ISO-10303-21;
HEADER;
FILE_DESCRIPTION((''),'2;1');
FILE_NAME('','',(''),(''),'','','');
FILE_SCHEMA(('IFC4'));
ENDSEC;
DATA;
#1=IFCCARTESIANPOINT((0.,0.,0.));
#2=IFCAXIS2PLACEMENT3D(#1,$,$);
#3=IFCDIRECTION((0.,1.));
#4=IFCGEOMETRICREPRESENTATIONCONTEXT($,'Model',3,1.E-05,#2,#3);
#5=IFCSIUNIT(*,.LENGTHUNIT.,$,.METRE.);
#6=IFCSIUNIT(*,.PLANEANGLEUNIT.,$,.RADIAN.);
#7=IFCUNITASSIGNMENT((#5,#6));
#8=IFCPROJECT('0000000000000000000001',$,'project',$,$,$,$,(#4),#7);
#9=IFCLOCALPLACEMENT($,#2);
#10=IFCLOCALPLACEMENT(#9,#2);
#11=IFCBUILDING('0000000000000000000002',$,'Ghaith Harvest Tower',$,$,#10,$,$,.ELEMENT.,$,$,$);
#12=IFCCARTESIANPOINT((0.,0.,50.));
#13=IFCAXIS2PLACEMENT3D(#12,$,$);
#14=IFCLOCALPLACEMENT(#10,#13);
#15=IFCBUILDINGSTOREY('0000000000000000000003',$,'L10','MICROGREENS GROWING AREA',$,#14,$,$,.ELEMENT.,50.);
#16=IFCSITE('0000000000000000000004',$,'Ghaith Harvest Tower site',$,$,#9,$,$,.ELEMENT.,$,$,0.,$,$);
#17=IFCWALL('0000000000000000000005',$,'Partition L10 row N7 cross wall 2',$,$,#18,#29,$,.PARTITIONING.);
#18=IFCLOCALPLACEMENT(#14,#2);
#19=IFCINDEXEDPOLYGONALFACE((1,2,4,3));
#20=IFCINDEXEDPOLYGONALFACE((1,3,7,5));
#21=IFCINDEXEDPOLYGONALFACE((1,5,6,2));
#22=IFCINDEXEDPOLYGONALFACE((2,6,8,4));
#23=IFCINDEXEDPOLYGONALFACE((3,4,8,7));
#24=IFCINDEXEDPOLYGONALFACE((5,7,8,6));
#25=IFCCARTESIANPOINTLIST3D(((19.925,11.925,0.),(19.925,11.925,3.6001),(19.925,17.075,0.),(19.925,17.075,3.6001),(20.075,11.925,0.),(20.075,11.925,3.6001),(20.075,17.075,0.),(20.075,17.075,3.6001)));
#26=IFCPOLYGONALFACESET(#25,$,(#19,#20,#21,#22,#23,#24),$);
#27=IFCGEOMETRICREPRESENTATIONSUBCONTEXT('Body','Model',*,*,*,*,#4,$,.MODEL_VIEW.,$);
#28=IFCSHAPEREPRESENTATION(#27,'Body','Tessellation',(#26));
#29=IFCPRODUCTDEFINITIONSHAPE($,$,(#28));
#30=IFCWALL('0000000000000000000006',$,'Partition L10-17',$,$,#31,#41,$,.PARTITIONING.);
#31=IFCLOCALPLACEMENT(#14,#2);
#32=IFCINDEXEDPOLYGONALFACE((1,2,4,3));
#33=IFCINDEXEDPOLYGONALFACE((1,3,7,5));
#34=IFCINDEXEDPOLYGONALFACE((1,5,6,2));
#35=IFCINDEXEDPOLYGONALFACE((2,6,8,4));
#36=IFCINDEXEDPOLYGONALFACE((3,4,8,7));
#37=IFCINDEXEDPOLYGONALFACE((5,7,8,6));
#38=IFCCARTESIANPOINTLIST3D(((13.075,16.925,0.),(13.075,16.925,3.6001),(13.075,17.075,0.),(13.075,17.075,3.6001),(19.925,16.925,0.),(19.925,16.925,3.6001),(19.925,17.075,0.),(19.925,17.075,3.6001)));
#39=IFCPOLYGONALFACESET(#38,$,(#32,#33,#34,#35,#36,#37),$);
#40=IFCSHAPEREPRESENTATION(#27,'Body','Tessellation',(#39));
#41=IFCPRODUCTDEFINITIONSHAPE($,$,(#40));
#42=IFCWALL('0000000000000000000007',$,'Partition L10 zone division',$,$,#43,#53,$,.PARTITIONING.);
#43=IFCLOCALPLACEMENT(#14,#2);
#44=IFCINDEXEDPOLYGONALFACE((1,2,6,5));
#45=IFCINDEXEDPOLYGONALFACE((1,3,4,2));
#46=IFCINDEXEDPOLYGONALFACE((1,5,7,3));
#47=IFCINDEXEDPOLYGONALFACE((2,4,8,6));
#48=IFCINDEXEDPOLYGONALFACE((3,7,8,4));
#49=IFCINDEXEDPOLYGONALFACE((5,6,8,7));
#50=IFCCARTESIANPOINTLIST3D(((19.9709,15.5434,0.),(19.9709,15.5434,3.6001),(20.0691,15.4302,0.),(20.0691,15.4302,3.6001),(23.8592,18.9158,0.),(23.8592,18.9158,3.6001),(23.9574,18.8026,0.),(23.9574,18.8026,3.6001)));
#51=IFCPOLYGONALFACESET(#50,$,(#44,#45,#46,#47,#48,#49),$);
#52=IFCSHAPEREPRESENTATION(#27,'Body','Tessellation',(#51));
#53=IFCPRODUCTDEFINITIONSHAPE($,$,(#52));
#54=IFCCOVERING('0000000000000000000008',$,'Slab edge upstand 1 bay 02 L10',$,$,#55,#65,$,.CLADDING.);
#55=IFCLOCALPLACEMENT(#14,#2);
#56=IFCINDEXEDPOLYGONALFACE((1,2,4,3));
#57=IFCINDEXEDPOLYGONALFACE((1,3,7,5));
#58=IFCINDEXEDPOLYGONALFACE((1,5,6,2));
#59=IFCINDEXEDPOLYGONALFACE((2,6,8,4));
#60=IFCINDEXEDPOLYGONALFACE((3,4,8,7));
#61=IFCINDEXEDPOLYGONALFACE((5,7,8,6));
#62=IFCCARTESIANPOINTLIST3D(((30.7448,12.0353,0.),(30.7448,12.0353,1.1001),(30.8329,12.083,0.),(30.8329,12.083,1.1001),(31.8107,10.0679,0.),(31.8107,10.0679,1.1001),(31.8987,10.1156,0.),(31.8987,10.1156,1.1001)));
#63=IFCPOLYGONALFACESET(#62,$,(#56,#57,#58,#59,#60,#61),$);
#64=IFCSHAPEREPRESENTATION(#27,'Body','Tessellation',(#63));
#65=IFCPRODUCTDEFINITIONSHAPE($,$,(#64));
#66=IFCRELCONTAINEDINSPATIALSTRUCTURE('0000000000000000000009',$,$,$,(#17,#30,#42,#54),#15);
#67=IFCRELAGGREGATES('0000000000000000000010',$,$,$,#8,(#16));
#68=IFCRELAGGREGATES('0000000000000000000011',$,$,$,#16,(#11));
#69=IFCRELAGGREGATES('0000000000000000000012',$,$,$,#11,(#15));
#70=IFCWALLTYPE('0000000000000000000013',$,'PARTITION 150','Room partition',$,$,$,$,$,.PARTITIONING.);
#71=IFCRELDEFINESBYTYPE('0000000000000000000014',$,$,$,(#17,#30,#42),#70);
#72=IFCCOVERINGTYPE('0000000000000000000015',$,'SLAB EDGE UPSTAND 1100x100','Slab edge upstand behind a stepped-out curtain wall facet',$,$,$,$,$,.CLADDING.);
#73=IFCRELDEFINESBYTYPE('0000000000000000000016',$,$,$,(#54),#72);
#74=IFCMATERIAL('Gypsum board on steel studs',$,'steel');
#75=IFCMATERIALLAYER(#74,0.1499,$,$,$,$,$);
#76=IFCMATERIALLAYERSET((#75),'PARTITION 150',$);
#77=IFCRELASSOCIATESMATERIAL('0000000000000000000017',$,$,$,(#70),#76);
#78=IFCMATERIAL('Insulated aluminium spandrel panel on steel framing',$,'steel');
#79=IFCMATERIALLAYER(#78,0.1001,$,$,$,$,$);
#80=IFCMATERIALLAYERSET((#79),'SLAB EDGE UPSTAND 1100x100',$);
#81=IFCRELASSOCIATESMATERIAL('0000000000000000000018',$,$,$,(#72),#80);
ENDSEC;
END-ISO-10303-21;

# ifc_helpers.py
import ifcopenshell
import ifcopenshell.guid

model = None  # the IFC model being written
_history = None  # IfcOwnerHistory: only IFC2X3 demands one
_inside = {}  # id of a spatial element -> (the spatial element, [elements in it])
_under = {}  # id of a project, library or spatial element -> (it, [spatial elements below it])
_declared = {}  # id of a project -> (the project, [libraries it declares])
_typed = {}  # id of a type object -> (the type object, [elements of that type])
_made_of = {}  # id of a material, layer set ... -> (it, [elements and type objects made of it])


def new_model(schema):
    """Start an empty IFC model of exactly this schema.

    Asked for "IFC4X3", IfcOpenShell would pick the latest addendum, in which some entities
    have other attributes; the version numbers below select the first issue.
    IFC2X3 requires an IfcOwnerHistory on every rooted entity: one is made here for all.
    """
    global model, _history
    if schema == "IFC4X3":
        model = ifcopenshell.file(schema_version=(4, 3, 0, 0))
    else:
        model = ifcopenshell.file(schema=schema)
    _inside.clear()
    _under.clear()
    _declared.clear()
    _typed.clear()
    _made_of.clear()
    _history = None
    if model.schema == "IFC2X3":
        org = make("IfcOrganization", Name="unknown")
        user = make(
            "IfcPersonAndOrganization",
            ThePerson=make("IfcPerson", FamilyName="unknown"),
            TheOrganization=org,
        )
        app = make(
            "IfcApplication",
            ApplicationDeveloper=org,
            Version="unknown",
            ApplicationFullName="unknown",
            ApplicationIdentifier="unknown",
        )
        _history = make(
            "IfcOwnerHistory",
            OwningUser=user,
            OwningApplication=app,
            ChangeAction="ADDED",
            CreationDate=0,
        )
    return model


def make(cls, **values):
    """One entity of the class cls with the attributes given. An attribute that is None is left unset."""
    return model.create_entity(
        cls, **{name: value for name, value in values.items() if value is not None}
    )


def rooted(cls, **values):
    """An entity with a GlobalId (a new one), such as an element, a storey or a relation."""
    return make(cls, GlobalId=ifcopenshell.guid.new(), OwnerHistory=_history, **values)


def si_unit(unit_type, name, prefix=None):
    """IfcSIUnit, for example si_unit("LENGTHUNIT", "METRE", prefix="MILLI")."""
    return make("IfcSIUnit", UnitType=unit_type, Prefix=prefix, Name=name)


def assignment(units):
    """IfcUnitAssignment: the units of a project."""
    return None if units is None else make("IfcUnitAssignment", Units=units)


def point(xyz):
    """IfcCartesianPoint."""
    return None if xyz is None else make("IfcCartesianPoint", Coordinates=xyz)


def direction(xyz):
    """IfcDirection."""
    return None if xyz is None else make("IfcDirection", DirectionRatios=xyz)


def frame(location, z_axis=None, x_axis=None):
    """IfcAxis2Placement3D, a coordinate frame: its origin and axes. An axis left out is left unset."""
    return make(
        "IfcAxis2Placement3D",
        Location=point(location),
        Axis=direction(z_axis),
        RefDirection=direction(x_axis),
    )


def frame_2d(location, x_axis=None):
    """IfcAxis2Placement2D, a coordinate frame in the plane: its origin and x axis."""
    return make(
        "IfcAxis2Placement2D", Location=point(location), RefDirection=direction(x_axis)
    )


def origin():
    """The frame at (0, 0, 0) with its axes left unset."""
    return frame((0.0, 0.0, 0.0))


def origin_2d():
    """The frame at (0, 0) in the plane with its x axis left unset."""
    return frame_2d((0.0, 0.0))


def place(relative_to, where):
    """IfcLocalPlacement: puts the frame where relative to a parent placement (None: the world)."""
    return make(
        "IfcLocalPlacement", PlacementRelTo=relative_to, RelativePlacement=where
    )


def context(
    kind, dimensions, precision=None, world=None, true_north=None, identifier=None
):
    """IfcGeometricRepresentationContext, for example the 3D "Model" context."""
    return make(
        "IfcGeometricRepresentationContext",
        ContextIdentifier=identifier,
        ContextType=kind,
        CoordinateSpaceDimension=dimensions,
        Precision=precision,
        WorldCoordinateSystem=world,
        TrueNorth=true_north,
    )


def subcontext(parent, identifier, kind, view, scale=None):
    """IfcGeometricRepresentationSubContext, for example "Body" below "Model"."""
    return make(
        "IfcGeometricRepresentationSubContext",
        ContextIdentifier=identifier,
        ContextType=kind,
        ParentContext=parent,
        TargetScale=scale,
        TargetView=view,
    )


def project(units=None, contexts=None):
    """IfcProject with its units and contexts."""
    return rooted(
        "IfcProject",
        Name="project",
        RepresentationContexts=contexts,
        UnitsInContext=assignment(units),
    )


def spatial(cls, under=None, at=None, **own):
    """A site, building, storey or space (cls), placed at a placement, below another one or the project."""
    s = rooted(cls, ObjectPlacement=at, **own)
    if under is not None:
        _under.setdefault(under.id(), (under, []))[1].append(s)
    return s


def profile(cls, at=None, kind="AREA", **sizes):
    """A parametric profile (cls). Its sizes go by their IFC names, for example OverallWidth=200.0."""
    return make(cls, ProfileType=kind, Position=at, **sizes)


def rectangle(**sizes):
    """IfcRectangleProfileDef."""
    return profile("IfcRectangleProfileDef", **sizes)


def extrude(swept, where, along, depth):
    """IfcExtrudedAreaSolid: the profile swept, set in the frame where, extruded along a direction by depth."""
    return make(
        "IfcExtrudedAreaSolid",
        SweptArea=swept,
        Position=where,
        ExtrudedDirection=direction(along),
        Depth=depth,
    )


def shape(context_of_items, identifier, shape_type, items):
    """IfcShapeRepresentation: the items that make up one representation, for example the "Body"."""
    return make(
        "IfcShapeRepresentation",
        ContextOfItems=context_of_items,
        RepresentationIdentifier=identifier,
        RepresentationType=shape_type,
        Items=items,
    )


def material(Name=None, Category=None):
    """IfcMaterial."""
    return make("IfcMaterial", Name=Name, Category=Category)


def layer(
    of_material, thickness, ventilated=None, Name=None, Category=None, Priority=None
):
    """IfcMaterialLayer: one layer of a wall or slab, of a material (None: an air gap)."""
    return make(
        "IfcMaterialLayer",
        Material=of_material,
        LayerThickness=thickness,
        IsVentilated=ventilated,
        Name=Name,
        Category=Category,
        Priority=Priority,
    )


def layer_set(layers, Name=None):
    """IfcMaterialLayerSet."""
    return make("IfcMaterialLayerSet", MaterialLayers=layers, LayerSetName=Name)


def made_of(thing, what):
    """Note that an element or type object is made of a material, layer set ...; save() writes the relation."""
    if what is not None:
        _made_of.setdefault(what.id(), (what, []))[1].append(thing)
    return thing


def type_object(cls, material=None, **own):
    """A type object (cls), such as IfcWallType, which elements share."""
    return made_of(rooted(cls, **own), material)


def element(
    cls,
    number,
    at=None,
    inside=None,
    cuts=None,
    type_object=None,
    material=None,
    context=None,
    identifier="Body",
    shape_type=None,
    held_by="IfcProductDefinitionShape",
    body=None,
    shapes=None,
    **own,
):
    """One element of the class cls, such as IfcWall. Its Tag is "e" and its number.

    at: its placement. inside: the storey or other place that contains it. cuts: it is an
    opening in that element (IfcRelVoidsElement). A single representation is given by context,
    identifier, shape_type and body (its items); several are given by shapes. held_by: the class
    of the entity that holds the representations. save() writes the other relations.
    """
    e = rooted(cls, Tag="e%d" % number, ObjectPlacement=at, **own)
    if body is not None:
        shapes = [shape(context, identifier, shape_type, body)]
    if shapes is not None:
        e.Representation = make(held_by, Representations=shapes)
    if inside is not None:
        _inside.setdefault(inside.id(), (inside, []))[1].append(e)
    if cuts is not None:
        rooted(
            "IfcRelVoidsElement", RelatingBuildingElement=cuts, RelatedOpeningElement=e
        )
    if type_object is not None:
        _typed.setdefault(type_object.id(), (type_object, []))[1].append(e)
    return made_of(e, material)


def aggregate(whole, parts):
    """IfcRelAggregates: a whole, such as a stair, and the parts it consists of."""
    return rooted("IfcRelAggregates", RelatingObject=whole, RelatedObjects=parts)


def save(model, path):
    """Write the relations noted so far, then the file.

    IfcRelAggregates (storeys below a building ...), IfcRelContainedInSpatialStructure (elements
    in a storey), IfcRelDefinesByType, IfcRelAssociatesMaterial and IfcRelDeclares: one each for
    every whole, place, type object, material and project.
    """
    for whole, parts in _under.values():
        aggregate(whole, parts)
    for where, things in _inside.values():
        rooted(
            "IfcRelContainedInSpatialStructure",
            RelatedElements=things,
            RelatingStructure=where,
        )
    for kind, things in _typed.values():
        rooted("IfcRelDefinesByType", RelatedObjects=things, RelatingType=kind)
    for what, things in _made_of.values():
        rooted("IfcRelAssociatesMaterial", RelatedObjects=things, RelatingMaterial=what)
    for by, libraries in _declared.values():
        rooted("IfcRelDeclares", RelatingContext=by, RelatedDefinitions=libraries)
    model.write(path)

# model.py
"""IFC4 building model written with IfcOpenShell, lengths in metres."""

from ifc_helpers import new_model, si_unit, direction, frame, frame_2d, origin, origin_2d, place, context, subcontext, project, spatial, rectangle, extrude, material, layer, layer_set, type_object, element, save


model = new_model("IFC4")

# Units and contexts
model_context = context("Model", 3, precision=1e-05, world=origin(), true_north=direction((0.0, 1.0)))
body_context = subcontext(model_context, "Body", "Model", "MODEL_VIEW")
ifc_project = project(units=[si_unit("LENGTHUNIT", "METRE"), si_unit("PLANEANGLEUNIT", "RADIAN")], contexts=[model_context])

# Site, building, storey
site_placement = place(None, origin())
site = spatial("IfcSite", under=ifc_project, at=site_placement, Name="Ghaith Harvest Tower site", CompositionType="ELEMENT", RefElevation=0.0)
building_placement = place(site_placement, origin())
building = spatial("IfcBuilding", under=site, at=building_placement, Name="Ghaith Harvest Tower", CompositionType="ELEMENT")
storey_placement = place(building_placement, frame((0.0, 0.0, 50.0)))
storey = spatial("IfcBuildingStorey", under=building, at=storey_placement, Name="L10", Description="MICROGREENS GROWING AREA", CompositionType="ELEMENT", Elevation=50.0)

# Walls
ifc_material_1 = material(Name="Gypsum board on steel studs", Category="steel")
ifc_layer_1 = layer(ifc_material_1, 0.1499)
ifc_layer_set_1 = layer_set([ifc_layer_1], Name="PARTITION 150")
wall_type = type_object("IfcWallType", Name="PARTITION 150", Description="Room partition", PredefinedType="PARTITIONING", material=ifc_layer_set_1)
wall_1_placement = place(storey_placement, frame((20.0, 11.925, 0.0), z_axis=(0.0, 0.0, 1.0), x_axis=(0.0, 1.0, 0.0)))
element("IfcWall", 1, at=wall_1_placement, inside=storey, type_object=wall_type, Name="Partition L10 row N7 cross wall 2", PredefinedType="PARTITIONING", context=body_context, shape_type="SweptSolid", body=[
    extrude(rectangle(XDim=5.1499, YDim=0.1499, at=frame_2d((2.575, 0.0))), origin(), (0.0, 0.0, 1.0), 3.6001),
])
wall_2_placement = place(storey_placement, frame((13.075, 17.0, 0.0), z_axis=(0.0, 0.0, 1.0), x_axis=(1.0, 0.0, 0.0)))
element("IfcWall", 2, at=wall_2_placement, inside=storey, type_object=wall_type, Name="Partition L10-17", PredefinedType="PARTITIONING", context=body_context, shape_type="SweptSolid", body=[
    extrude(rectangle(XDim=6.8501, YDim=0.1499, at=frame_2d((3.425, 0.0))), origin(), (0.0, 0.0, 1.0), 3.6001),
])
wall_3_placement = place(storey_placement, frame((20.02, 15.4868, 0.0), z_axis=(0.0, 0.0, 1.0), x_axis=(0.755443, 0.655214, 0.0)))
element("IfcWall", 3, at=wall_3_placement, inside=storey, type_object=wall_type, Name="Partition L10 zone division", PredefinedType="PARTITIONING", context=body_context, shape_type="SweptSolid", body=[
    extrude(rectangle(XDim=5.147, YDim=0.1499, at=frame_2d((2.5735, 0.0))), origin(), (0.0, 0.0, 1.0), 3.6001),
])

# Covering
ifc_material_2 = material(Name="Insulated aluminium spandrel panel on steel framing", Category="steel")
ifc_layer_2 = layer(ifc_material_2, 0.1001)
ifc_layer_set_2 = layer_set([ifc_layer_2], Name="SLAB EDGE UPSTAND 1100x100")
covering_type = type_object("IfcCoveringType", Name="SLAB EDGE UPSTAND 1100x100", Description="Slab edge upstand behind a stepped-out curtain wall facet", PredefinedType="CLADDING", material=ifc_layer_set_2)
covering_placement = place(storey_placement, frame((31.3218, 11.0754, 0.0), z_axis=(0.0, 0.0, 1.0), x_axis=(-0.476349, 0.879256, 0.0)))
element("IfcCovering", 4, at=covering_placement, inside=storey, type_object=covering_type, Name="Slab edge upstand 1 bay 02 L10", PredefinedType="CLADDING", context=body_context, shape_type="SweptSolid", body=[
    extrude(rectangle(XDim=2.2375, YDim=0.1001, at=origin_2d()), origin(), (0.0, 0.0, 1.0), 1.1001),
])

save(model, "model.ifc")
